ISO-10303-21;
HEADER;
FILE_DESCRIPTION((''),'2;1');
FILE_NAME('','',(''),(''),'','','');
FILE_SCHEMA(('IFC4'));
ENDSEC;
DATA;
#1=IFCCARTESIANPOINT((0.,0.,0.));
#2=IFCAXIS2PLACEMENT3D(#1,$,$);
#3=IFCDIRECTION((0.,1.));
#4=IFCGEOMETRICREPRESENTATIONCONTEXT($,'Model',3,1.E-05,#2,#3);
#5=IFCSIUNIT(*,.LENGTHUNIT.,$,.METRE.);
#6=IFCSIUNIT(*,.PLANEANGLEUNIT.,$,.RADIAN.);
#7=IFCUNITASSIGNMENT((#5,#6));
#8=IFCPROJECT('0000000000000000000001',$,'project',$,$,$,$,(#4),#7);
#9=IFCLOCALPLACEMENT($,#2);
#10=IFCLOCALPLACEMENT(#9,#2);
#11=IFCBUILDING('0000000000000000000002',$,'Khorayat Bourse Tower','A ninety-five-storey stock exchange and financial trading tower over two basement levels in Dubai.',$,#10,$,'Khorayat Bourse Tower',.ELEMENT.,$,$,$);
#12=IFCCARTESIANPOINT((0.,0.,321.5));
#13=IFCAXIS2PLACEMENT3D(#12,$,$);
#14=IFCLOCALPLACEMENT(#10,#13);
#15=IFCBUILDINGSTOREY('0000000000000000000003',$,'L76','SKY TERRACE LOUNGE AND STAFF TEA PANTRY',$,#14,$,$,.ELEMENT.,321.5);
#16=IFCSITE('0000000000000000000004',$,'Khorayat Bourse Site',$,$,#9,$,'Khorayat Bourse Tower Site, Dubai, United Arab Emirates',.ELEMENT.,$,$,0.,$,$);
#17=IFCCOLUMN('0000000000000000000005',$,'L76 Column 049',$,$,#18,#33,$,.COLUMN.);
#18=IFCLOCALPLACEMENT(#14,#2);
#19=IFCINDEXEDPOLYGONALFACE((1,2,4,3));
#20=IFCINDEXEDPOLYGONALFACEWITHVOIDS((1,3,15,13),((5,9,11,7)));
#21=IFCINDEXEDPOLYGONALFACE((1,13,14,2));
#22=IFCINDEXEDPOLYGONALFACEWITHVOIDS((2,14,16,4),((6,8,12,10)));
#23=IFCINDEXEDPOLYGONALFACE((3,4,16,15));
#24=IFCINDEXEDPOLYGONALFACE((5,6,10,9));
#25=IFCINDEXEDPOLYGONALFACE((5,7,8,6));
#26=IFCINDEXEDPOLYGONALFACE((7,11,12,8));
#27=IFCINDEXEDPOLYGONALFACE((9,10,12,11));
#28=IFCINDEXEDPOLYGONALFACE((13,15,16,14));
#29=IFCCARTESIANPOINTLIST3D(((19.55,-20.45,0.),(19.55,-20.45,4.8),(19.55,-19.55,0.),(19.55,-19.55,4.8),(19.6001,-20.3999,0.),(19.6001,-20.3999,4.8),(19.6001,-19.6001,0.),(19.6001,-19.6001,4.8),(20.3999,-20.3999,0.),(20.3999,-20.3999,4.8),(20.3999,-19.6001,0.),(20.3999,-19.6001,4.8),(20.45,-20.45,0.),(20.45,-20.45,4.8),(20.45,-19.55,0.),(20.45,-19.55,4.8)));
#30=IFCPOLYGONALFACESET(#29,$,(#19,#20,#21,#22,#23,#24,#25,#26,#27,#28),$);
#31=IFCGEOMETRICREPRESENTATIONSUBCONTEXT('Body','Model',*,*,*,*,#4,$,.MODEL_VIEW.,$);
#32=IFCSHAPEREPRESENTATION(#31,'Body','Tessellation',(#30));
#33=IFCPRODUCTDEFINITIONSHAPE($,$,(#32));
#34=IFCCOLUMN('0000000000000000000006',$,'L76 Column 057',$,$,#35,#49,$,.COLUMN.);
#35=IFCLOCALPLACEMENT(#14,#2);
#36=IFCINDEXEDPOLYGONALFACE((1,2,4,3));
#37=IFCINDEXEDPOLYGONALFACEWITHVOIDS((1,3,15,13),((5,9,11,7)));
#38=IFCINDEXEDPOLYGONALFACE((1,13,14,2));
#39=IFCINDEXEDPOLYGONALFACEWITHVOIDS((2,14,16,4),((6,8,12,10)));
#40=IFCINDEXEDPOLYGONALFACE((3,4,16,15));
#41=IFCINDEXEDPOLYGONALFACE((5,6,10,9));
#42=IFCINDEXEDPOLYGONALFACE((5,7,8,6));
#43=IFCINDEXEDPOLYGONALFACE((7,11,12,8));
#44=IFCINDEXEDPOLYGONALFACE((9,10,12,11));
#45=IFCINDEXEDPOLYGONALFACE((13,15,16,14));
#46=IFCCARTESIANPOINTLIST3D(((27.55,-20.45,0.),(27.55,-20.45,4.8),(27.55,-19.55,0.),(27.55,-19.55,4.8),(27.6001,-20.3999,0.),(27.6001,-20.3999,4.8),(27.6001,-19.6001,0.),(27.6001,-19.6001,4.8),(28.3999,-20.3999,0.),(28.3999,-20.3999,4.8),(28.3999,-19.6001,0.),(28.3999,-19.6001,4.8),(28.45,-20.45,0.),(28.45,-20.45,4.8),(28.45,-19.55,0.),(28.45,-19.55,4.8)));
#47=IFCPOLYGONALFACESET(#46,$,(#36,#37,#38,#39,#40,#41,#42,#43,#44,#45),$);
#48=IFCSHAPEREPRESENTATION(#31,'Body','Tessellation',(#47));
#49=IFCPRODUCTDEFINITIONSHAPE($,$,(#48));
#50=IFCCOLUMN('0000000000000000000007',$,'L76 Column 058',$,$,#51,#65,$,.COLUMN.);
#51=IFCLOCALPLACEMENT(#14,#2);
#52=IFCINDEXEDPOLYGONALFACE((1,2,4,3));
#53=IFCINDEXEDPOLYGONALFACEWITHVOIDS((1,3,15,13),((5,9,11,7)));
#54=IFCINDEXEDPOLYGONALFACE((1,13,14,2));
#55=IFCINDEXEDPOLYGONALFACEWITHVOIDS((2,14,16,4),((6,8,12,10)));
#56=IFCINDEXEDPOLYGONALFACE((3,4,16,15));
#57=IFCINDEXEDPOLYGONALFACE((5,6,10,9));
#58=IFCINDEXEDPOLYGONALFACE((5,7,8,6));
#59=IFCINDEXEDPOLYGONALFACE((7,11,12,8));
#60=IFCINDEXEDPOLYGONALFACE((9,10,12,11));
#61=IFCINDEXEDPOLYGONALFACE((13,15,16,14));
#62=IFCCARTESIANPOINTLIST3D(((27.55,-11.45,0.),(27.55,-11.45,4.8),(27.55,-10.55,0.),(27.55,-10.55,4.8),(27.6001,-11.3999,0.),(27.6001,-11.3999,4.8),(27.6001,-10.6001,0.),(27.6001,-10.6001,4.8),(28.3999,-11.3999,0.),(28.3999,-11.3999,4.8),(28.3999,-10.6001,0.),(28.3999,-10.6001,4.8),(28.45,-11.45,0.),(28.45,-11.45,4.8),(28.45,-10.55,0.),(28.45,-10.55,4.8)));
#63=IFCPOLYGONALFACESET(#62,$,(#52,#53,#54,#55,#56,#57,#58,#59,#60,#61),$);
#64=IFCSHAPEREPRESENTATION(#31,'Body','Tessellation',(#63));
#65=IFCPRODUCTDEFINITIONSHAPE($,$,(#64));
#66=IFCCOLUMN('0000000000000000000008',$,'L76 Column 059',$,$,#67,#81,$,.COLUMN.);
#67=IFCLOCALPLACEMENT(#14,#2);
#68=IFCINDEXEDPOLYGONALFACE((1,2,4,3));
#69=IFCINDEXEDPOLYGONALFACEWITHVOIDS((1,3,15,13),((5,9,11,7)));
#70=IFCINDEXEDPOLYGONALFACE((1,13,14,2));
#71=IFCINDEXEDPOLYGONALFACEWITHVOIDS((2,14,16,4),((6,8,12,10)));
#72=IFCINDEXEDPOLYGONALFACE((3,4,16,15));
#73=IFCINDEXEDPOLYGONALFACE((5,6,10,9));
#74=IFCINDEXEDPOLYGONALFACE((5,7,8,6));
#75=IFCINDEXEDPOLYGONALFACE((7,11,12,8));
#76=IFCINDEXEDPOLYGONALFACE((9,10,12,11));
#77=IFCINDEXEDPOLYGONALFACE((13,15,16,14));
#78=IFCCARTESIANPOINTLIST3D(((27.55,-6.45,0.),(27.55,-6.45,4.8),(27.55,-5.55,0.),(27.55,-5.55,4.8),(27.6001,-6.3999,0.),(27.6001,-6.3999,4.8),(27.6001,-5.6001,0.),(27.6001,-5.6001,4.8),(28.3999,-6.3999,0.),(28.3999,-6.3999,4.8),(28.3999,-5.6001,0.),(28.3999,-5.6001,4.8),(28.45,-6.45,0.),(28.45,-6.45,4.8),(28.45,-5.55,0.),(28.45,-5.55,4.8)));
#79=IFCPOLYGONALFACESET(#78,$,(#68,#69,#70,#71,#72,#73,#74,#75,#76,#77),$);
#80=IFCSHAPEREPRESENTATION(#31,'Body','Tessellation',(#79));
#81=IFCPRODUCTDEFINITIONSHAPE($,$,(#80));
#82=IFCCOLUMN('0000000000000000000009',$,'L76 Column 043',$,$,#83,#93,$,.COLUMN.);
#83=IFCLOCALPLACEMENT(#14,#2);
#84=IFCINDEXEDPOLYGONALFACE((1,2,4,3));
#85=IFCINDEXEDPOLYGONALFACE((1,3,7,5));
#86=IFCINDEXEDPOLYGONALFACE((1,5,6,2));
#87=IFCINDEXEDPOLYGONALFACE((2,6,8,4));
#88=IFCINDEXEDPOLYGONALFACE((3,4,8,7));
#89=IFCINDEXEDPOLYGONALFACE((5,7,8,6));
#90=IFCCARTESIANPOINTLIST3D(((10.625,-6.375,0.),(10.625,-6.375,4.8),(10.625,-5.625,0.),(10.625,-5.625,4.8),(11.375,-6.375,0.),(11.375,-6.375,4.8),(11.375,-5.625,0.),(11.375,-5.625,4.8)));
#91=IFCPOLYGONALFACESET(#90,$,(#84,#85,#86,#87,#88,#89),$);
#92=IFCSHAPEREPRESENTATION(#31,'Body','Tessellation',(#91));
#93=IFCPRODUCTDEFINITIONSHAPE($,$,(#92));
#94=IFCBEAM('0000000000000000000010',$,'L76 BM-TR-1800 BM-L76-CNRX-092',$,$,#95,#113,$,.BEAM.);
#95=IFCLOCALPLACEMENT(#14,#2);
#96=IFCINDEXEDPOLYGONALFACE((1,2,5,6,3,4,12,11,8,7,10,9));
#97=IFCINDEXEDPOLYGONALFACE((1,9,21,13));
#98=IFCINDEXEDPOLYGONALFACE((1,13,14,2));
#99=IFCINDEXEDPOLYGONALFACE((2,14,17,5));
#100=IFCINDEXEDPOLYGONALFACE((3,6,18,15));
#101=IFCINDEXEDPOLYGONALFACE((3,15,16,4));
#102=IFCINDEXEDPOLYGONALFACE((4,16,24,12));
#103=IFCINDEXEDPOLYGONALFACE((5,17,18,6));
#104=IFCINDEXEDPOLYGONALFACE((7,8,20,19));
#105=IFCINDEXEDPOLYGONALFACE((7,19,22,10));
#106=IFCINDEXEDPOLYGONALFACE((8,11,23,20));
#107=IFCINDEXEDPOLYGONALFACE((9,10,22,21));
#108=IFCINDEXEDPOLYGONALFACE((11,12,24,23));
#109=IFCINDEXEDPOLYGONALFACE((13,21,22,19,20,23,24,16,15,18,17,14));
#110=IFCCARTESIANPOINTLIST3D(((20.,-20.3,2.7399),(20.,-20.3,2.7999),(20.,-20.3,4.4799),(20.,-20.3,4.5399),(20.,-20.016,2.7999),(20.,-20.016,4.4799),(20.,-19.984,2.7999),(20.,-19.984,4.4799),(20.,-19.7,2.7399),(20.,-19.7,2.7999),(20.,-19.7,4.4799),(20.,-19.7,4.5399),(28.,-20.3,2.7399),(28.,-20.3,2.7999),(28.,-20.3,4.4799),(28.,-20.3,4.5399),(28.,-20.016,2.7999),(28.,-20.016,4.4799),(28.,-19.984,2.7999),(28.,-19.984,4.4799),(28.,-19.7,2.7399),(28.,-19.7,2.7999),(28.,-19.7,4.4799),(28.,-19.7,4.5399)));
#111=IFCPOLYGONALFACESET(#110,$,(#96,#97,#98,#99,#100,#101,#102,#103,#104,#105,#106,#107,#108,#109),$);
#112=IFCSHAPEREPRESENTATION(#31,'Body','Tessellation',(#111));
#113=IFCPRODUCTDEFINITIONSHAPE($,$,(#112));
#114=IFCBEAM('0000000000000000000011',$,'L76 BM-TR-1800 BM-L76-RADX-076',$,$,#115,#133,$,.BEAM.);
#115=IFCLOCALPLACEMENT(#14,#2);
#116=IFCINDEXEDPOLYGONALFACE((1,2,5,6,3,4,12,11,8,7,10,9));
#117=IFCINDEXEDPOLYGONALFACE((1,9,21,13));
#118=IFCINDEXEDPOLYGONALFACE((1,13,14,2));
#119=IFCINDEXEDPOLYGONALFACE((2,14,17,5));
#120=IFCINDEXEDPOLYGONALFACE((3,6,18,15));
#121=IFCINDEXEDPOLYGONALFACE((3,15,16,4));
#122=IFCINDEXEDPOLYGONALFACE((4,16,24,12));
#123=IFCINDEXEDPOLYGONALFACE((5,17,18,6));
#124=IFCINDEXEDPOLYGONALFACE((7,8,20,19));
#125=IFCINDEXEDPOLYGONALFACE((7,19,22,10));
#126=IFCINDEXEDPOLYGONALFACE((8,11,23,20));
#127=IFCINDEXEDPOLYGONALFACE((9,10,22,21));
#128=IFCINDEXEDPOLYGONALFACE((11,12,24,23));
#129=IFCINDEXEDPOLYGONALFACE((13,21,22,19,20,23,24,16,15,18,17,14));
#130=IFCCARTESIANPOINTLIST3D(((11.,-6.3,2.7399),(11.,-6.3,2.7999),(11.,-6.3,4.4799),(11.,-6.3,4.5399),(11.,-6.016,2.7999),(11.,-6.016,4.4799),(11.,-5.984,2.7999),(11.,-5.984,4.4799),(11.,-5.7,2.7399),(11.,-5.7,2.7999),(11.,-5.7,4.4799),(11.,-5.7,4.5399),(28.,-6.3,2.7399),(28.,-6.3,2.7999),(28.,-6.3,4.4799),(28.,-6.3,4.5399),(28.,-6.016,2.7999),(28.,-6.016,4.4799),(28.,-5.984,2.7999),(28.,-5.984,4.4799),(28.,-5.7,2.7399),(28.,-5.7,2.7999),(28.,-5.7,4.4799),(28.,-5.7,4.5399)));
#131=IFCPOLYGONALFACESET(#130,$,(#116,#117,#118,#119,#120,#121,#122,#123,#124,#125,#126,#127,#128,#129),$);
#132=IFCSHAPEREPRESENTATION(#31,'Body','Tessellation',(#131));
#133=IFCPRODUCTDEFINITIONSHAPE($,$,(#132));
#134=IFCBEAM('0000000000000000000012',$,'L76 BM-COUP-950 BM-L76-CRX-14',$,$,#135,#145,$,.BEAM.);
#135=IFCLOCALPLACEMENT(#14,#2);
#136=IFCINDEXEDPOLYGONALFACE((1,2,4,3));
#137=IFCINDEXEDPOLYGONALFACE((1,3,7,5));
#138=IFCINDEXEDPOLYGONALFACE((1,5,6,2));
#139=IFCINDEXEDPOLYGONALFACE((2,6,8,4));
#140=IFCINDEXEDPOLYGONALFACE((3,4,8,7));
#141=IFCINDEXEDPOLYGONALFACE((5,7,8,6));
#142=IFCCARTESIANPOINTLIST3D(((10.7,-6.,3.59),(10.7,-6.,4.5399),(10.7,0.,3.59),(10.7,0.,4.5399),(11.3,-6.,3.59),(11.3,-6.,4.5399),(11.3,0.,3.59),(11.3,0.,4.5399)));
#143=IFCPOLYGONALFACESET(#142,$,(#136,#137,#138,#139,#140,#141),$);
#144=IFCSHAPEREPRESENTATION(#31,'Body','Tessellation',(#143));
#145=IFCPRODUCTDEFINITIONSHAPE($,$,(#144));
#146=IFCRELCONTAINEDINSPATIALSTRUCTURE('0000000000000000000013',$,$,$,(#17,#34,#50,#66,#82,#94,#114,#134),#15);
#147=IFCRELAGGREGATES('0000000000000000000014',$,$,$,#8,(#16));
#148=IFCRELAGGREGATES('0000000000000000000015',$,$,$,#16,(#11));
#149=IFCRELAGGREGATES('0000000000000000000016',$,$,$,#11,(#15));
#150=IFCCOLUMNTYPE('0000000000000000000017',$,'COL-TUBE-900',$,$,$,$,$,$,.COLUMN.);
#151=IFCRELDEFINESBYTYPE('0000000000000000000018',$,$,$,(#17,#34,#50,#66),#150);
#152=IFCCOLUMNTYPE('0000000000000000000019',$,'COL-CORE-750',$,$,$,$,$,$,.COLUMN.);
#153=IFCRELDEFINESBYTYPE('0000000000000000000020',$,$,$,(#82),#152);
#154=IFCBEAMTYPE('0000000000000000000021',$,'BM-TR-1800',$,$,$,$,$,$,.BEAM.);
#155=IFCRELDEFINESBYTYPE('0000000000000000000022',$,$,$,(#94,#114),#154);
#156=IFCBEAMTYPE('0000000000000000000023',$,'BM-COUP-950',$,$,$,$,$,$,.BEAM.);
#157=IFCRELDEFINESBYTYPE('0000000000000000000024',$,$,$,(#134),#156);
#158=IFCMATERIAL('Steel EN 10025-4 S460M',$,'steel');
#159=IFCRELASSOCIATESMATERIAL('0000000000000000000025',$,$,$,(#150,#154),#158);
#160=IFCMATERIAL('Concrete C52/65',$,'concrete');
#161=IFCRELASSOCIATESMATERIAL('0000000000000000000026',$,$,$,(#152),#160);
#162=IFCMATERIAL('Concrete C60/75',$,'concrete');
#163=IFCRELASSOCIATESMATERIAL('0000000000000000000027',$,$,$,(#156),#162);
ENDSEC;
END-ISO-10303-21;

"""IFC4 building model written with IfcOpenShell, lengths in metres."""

from ifc_helpers import new_model, si_unit, direction, frame, origin, origin_2d, place, context, subcontext, project, spatial, rectangle, hollow_rectangle, i_section, extrude, source, transform, mapped, material, material_profile, profile_set, type_object, element, save


model = new_model("IFC4")

# Units and contexts
model_context = context("Model", 3, precision=1e-05, world=origin(), true_north=direction((0.0, 1.0)))
body_context = subcontext(model_context, "Body", "Model", "MODEL_VIEW")
ifc_project = project(units=[si_unit("LENGTHUNIT", "METRE"), si_unit("PLANEANGLEUNIT", "RADIAN")], contexts=[model_context])

# Site, building, storey
site_placement = place(None, origin())
site = spatial("IfcSite", under=ifc_project, at=site_placement, Name="Khorayat Bourse Site", LongName="Khorayat Bourse Tower Site, Dubai, United Arab Emirates", CompositionType="ELEMENT", RefElevation=0.0)
building_placement = place(site_placement, origin())
building = spatial("IfcBuilding", under=site, at=building_placement, Name="Khorayat Bourse Tower", Description="A ninety-five-storey stock exchange and financial trading tower over two basement levels in Dubai.", LongName="Khorayat Bourse Tower", CompositionType="ELEMENT")
storey_placement = place(building_placement, frame((0.0, 0.0, 321.5)))
storey = spatial("IfcBuildingStorey", under=building, at=storey_placement, Name="L76", Description="SKY TERRACE LOUNGE AND STAFF TEA PANTRY", CompositionType="ELEMENT", Elevation=321.5)

# Columns
ifc_material_1 = material(Name="Steel EN 10025-4 S460M", Category="steel")
ifc_material_profile_1 = material_profile(ifc_material_1, hollow_rectangle(XDim=0.8999, YDim=0.8999, WallThickness=0.05, at=origin_2d()), Name="BOX 900x900x50")
ifc_profile_set_1 = profile_set([ifc_material_profile_1], Name="Steel EN 10025-4 S460M")
column_type_1 = type_object("IfcColumnType", Name="COL-TUBE-900", PredefinedType="COLUMN", material=ifc_profile_set_1)
shared_shape_1 = source(origin(), body_context, "Body", "SweptSolid", [
    extrude(hollow_rectangle(XDim=0.8999, YDim=0.8999, WallThickness=0.05, at=origin_2d()), origin(), (0.0, 0.0, 1.0), 4.8),
])
for number, where, z_axis, x_axis, name in (
    (1, (20.0, -20.0, 0.0), (0.0, 0.0, 1.0), (1.0, 0.0, 0.0), "L76 Column 049"),
    (2, (28.0, -20.0, 0.0), (0.0, 0.0, 1.0), (1.0, 0.0, 0.0), "L76 Column 057"),
    (3, (28.0, -11.0, 0.0), (0.0, 0.0, 1.0), (1.0, 0.0, 0.0), "L76 Column 058"),
    (4, (28.0, -6.0, 0.0), (0.0, 0.0, 1.0), (1.0, 0.0, 0.0), "L76 Column 059"),
):
    element("IfcColumn", number, at=place(storey_placement, frame(where, z_axis=z_axis, x_axis=x_axis)), inside=storey, type_object=column_type_1, Name=name, PredefinedType="COLUMN", context=body_context, shape_type="MappedRepresentation", body=[
        mapped(shared_shape_1, transform((0.0, 0.0, 0.0), scale=1.0)),
    ])
ifc_material_2 = material(Name="Concrete C52/65", Category="concrete")
ifc_material_profile_2 = material_profile(ifc_material_2, rectangle(XDim=0.75, YDim=0.75, at=origin_2d()), Name="RC 750x750")
ifc_profile_set_2 = profile_set([ifc_material_profile_2], Name="Concrete C52/65")
column_type_2 = type_object("IfcColumnType", Name="COL-CORE-750", PredefinedType="COLUMN", material=ifc_profile_set_2)
shared_shape_2 = source(origin(), body_context, "Body", "SweptSolid", [
    extrude(rectangle(XDim=0.75, YDim=0.75, at=origin_2d()), origin(), (0.0, 0.0, 1.0), 4.8),
])
column_placement = place(storey_placement, frame((11.0, -6.0, 0.0), z_axis=(0.0, 0.0, 1.0), x_axis=(1.0, 0.0, 0.0)))
element("IfcColumn", 5, at=column_placement, inside=storey, type_object=column_type_2, Name="L76 Column 043", PredefinedType="COLUMN", context=body_context, shape_type="MappedRepresentation", body=[
    mapped(shared_shape_2, transform((0.0, 0.0, 0.0), scale=1.0)),
])

# Beams
ifc_material_profile_3 = material_profile(ifc_material_1, i_section(OverallWidth=0.6001, OverallDepth=1.8, WebThickness=0.032, FlangeThickness=0.0601, at=origin_2d()), Name="PG 1800x600x32x60")
ifc_profile_set_3 = profile_set([ifc_material_profile_3], Name="Steel EN 10025-4 S460M")
beam_type_1 = type_object("IfcBeamType", Name="BM-TR-1800", PredefinedType="BEAM", material=ifc_profile_set_3)
shared_shape_3 = source(origin(), body_context, "Body", "SweptSolid", [
    extrude(i_section(OverallWidth=0.6001, OverallDepth=1.8, WebThickness=0.032, FlangeThickness=0.0601, at=origin_2d()), origin(), (0.0, 0.0, 1.0), 8.0),
])
beam_1_placement = place(storey_placement, frame((20.0, -20.0, 3.6399), z_axis=(1.0, 0.0, 0.0), x_axis=(0.0, 1.0, 0.0)))
element("IfcBeam", 6, at=beam_1_placement, inside=storey, type_object=beam_type_1, Name="L76 BM-TR-1800 BM-L76-CNRX-092", PredefinedType="BEAM", context=body_context, shape_type="MappedRepresentation", body=[
    mapped(shared_shape_3, transform((0.0, 0.0, 0.0), scale=1.0)),
])
shared_shape_4 = source(origin(), body_context, "Body", "SweptSolid", [
    extrude(i_section(OverallWidth=0.6001, OverallDepth=1.8, WebThickness=0.032, FlangeThickness=0.0601, at=origin_2d()), origin(), (0.0, 0.0, 1.0), 17.0),
])
beam_2_placement = place(storey_placement, frame((11.0, -6.0, 3.6399), z_axis=(1.0, 0.0, 0.0), x_axis=(0.0, 1.0, 0.0)))
element("IfcBeam", 7, at=beam_2_placement, inside=storey, type_object=beam_type_1, Name="L76 BM-TR-1800 BM-L76-RADX-076", PredefinedType="BEAM", context=body_context, shape_type="MappedRepresentation", body=[
    mapped(shared_shape_4, transform((0.0, 0.0, 0.0), scale=1.0)),
])
ifc_material_3 = material(Name="Concrete C60/75", Category="concrete")
ifc_material_profile_4 = material_profile(ifc_material_3, rectangle(XDim=0.6001, YDim=0.95, at=origin_2d()), Name="RC 600x950")
ifc_profile_set_4 = profile_set([ifc_material_profile_4], Name="Concrete C60/75")
beam_type_2 = type_object("IfcBeamType", Name="BM-COUP-950", PredefinedType="BEAM", material=ifc_profile_set_4)
shared_shape_5 = source(origin(), body_context, "Body", "SweptSolid", [
    extrude(rectangle(XDim=0.6001, YDim=0.95, at=origin_2d()), origin(), (0.0, 0.0, 1.0), 6.0),
])
beam_3_placement = place(storey_placement, frame((11.0, -6.0, 4.0649), z_axis=(0.0, 1.0, 0.0), x_axis=(-1.0, 0.0, 0.0)))
element("IfcBeam", 8, at=beam_3_placement, inside=storey, type_object=beam_type_2, Name="L76 BM-COUP-950 BM-L76-CRX-14", PredefinedType="BEAM", context=body_context, shape_type="MappedRepresentation", body=[
    mapped(shared_shape_5, transform((0.0, 0.0, 0.0), scale=1.0)),
])

save(model, "model.ifc")
